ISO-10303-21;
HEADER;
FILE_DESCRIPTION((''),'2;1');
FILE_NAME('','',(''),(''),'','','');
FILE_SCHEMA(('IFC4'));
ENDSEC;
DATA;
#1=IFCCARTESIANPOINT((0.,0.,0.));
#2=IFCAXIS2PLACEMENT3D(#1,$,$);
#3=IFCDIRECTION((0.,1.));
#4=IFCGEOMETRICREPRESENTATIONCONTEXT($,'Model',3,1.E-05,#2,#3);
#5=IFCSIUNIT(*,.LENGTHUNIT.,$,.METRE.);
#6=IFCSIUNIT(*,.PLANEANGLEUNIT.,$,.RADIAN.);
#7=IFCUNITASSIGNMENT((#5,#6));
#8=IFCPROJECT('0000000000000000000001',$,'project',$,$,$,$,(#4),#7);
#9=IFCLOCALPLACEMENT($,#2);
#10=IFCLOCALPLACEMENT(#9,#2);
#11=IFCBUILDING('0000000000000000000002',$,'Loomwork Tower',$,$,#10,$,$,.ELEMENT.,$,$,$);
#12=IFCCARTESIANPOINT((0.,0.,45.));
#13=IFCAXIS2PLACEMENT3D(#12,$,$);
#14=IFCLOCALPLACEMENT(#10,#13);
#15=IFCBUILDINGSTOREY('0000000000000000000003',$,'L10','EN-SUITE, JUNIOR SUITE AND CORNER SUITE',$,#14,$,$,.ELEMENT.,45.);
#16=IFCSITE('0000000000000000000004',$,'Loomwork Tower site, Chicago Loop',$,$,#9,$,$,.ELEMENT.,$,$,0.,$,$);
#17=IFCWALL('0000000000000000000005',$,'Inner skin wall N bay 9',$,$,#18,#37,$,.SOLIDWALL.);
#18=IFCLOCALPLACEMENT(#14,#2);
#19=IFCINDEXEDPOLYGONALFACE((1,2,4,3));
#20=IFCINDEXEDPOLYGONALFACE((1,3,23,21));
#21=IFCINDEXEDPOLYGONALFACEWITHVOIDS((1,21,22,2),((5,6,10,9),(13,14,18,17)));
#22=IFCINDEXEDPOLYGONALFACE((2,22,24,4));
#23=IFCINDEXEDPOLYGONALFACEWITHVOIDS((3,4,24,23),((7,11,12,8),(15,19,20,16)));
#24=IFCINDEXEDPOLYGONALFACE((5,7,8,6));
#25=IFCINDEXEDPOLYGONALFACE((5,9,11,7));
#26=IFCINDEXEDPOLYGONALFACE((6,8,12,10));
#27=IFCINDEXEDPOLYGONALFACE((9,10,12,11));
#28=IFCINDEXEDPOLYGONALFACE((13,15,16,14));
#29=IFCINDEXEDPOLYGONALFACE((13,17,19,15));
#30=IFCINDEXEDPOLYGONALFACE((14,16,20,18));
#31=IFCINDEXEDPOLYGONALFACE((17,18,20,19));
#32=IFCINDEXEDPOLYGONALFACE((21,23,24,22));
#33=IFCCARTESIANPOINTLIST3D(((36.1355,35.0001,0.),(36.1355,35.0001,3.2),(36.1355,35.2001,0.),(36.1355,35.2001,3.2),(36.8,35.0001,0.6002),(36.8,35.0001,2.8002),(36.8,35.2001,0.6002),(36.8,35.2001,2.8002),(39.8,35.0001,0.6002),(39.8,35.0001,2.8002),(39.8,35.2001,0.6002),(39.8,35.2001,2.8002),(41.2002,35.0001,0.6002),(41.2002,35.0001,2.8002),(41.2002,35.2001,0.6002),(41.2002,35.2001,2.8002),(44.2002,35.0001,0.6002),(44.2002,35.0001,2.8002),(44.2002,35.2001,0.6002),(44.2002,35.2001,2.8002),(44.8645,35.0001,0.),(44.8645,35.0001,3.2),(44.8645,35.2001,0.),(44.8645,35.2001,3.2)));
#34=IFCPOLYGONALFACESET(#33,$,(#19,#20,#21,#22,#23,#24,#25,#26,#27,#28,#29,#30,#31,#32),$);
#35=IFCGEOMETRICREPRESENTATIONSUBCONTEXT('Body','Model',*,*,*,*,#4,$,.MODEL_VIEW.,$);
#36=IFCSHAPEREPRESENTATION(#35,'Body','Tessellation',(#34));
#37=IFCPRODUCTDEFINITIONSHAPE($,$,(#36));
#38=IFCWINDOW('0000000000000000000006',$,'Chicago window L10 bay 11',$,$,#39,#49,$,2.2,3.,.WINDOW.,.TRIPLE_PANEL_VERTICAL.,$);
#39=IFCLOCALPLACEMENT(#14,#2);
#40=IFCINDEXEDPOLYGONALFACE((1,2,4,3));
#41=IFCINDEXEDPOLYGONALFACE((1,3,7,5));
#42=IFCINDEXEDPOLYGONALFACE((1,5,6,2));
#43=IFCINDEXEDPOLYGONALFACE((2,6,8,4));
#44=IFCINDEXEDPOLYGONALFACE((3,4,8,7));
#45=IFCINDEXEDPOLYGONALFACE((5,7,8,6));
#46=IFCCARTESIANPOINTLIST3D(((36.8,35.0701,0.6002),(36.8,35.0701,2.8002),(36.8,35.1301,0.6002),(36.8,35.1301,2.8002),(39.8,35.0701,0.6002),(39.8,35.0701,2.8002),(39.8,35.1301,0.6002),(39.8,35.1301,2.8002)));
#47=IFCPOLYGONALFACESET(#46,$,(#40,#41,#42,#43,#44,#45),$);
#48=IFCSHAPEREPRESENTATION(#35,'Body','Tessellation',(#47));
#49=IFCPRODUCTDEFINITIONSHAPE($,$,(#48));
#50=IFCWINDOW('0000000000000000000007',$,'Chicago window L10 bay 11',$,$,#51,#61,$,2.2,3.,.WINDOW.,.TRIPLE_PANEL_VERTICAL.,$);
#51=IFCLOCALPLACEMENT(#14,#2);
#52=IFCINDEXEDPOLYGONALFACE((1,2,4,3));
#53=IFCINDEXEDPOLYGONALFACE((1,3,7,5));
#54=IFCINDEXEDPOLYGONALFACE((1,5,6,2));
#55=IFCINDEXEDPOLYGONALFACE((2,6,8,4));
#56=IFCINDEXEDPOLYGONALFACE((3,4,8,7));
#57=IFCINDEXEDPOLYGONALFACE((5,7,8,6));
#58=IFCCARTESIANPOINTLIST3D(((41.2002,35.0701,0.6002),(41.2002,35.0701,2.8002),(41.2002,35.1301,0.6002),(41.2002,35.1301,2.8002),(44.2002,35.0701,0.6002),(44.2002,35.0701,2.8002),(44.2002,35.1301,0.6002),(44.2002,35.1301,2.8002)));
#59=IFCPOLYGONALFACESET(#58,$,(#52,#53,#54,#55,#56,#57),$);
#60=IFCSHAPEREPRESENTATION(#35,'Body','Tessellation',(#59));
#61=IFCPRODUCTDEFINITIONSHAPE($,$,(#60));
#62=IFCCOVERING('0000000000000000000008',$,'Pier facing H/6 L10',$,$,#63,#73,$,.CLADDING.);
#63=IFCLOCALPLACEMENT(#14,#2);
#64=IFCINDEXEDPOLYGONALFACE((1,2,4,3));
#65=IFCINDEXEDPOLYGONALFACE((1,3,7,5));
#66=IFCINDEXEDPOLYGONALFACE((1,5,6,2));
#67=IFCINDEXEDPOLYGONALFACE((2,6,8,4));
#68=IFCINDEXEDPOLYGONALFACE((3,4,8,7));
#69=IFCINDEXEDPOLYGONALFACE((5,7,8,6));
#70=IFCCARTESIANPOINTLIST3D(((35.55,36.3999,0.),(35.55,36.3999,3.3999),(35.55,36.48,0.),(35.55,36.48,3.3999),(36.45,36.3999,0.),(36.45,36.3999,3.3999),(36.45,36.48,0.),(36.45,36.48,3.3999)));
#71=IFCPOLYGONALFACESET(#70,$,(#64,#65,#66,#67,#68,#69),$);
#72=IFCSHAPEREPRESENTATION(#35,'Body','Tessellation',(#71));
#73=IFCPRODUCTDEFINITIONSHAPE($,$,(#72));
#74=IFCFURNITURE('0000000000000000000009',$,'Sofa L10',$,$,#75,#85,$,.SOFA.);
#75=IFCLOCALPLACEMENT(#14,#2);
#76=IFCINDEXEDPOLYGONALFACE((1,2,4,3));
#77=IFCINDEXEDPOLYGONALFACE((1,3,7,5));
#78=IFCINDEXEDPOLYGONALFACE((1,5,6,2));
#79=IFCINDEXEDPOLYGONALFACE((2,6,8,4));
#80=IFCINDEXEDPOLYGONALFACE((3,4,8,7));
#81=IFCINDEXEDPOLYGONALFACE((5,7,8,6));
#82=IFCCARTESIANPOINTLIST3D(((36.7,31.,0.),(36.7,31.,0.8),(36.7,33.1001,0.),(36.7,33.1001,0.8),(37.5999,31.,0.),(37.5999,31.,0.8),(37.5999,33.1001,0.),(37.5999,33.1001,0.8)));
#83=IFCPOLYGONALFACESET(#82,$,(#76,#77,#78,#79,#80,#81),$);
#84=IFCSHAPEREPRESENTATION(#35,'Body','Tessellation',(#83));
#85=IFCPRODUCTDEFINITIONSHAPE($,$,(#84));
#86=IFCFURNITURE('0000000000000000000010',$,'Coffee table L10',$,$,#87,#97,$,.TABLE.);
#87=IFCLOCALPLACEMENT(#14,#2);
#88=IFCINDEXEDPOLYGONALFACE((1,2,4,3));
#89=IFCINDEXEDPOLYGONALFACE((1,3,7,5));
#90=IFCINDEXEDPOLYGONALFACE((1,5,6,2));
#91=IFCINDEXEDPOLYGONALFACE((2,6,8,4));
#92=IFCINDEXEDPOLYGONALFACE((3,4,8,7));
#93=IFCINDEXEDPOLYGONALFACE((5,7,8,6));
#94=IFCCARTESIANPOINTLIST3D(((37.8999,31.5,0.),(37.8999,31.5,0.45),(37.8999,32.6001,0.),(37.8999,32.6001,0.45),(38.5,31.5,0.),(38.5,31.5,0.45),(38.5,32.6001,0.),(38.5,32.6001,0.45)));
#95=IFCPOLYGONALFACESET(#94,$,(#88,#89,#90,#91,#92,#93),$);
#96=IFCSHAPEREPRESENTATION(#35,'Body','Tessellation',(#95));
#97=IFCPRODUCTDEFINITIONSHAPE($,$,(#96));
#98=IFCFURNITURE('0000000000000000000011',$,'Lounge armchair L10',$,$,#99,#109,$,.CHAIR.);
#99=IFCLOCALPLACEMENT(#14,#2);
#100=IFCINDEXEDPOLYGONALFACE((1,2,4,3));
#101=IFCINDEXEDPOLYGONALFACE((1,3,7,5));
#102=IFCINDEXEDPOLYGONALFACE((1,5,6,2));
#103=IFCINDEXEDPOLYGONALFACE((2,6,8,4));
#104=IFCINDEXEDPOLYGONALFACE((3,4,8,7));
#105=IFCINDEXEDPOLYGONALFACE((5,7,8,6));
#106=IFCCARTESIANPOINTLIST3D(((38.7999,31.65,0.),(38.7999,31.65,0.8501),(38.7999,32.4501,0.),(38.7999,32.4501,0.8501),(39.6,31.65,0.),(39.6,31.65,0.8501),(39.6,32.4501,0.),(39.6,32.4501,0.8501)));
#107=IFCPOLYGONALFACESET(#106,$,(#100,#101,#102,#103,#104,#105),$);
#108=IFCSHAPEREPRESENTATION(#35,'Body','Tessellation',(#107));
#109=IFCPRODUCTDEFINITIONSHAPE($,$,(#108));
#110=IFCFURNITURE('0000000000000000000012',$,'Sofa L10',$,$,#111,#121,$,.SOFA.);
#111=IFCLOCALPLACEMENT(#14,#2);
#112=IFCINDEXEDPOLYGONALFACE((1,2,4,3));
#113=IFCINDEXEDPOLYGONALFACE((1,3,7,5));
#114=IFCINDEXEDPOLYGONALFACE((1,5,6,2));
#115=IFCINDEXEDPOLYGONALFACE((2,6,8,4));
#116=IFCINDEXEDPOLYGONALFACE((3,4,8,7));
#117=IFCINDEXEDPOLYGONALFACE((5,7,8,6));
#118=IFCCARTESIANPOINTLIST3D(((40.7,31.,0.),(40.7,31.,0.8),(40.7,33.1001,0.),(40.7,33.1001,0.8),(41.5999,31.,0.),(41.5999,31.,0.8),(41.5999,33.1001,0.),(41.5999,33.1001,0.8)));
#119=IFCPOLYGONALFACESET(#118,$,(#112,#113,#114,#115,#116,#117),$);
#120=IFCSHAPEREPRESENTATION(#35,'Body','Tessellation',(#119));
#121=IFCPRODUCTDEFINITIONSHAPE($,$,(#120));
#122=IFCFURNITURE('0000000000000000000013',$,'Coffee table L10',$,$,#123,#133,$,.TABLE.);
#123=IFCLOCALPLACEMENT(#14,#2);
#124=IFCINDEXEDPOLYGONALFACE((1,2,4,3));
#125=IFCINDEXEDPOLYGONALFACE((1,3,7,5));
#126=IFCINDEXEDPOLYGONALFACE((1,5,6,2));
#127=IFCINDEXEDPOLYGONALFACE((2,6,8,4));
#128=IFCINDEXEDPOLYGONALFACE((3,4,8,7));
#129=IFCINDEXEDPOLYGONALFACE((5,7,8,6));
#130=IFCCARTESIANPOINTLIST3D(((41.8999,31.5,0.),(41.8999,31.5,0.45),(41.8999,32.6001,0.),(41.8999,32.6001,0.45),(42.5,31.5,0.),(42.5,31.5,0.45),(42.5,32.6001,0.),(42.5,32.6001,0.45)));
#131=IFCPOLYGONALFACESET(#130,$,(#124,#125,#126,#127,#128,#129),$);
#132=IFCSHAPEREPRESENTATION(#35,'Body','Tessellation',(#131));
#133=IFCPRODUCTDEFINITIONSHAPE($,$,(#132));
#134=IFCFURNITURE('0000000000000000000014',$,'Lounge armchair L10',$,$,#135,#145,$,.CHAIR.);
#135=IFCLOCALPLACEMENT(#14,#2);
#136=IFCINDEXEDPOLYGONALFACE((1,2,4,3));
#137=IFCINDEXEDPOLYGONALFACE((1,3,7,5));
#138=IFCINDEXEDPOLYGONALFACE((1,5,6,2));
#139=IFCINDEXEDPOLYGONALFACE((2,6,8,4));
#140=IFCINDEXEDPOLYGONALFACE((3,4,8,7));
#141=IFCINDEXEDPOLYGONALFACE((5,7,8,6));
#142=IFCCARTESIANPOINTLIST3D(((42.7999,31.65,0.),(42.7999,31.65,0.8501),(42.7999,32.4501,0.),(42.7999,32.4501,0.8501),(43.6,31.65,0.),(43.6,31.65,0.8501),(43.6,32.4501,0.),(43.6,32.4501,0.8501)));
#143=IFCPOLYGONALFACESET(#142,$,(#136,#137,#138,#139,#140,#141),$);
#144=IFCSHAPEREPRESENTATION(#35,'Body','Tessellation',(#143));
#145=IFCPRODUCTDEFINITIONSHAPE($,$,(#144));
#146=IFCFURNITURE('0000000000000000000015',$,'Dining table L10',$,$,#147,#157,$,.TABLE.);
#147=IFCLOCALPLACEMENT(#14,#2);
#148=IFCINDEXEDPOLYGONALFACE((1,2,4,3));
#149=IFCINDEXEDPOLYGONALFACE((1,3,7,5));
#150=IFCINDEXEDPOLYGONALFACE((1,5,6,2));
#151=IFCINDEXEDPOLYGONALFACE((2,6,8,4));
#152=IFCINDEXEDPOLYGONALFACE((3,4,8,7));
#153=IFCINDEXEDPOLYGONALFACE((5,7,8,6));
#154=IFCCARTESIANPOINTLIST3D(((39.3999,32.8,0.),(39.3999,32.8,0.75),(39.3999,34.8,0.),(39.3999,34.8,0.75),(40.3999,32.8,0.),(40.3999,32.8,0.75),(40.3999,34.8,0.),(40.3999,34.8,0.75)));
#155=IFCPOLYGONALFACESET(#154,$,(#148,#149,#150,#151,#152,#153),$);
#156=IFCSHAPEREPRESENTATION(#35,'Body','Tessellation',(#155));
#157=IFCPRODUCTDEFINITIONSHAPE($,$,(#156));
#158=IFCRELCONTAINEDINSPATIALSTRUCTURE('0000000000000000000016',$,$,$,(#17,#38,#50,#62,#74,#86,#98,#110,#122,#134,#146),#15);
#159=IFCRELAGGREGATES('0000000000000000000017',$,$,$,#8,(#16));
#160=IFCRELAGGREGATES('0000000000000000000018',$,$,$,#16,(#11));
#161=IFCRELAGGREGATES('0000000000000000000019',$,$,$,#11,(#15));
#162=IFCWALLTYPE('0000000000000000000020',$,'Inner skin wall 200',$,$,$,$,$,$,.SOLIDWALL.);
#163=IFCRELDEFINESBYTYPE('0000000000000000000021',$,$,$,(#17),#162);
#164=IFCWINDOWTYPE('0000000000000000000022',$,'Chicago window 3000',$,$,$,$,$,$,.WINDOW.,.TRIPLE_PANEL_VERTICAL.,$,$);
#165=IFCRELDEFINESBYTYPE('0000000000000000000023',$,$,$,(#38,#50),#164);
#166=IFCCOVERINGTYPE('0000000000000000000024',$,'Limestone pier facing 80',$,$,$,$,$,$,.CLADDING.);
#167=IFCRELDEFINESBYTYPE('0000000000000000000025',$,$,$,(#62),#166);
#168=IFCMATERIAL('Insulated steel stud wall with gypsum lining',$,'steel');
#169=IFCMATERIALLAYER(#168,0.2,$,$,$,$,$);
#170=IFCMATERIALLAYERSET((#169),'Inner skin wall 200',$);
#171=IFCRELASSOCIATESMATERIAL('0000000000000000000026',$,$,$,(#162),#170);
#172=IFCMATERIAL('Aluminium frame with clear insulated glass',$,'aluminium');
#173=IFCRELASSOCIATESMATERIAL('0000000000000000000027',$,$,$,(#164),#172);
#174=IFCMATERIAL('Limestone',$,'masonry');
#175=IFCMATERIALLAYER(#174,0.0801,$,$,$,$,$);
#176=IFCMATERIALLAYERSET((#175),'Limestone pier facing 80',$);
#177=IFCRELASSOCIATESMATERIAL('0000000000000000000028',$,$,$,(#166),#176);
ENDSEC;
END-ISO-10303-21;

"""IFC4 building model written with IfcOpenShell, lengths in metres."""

from ifc_helpers import new_model, si_unit, direction, frame, frame_2d, origin, origin_2d, place, context, subcontext, project, spatial, rectangle, extrude, material, layer, layer_set, type_object, element, fill, save


model = new_model("IFC4")

# Units and contexts
model_context = context("Model", 3, precision=1e-05, world=origin(), true_north=direction((0.0, 1.0)))
body_context = subcontext(model_context, "Body", "Model", "MODEL_VIEW")
ifc_project = project(units=[si_unit("LENGTHUNIT", "METRE"), si_unit("PLANEANGLEUNIT", "RADIAN")], contexts=[model_context])

# Site, building, storey
site_placement = place(None, origin())
site = spatial("IfcSite", under=ifc_project, at=site_placement, Name="Loomwork Tower site, Chicago Loop", CompositionType="ELEMENT", RefElevation=0.0)
building_placement = place(site_placement, origin())
building = spatial("IfcBuilding", under=site, at=building_placement, Name="Loomwork Tower", CompositionType="ELEMENT")
storey_placement = place(building_placement, frame((0.0, 0.0, 45.0)))
storey = spatial("IfcBuildingStorey", under=building, at=storey_placement, Name="L10", Description="EN-SUITE, JUNIOR SUITE AND CORNER SUITE", CompositionType="ELEMENT", Elevation=45.0)

# Shared definitions
ifc_material_1 = material(Name="Insulated steel stud wall with gypsum lining", Category="steel")
ifc_layer_1 = layer(ifc_material_1, 0.2)
ifc_layer_set_1 = layer_set([ifc_layer_1], Name="Inner skin wall 200")
wall_type = type_object("IfcWallType", Name="Inner skin wall 200", PredefinedType="SOLIDWALL", material=ifc_layer_set_1)

# Wall, openings, windows
wall_1_placement = place(storey_placement, frame((36.1355, 35.1001, 0.0), z_axis=(0.0, 0.0, 1.0), x_axis=(1.0, 0.0, 0.0)))
wall_1 = element("IfcWall", 1, at=wall_1_placement, inside=storey, type_object=wall_type, Name="Inner skin wall N bay 9", PredefinedType="SOLIDWALL", context=body_context, shape_type="SweptSolid", body=[
    extrude(rectangle(XDim=8.729, YDim=0.2, at=frame_2d((4.3645, 0.0))), origin(), (0.0, 0.0, 1.0), 3.2),
])
opening_1_placement = place(wall_1_placement, frame((0.6646, 0.0, 0.6001)))
opening_1 = element("IfcOpeningElement", 2, at=opening_1_placement, cuts=wall_1, PredefinedType="OPENING", context=body_context, shape_type="SweptSolid", body=[
    extrude(rectangle(XDim=3.0, YDim=2.2, at=frame_2d((1.5, 1.1001))), frame((0.0, 0.1099, 0.0), z_axis=(0.0, -1.0, 0.0), x_axis=(1.0, 0.0, 0.0)), (0.0, 0.0, 1.0), 0.22),
])
opening_2_placement = place(wall_1_placement, frame((5.0647, 0.0, 0.6001)))
opening_2 = element("IfcOpeningElement", 3, at=opening_2_placement, cuts=wall_1, PredefinedType="OPENING", context=body_context, shape_type="SweptSolid", body=[
    extrude(rectangle(XDim=3.0, YDim=2.2, at=frame_2d((1.5, 1.1001))), frame((0.0, 0.1099, 0.0), z_axis=(0.0, -1.0, 0.0), x_axis=(1.0, 0.0, 0.0)), (0.0, 0.0, 1.0), 0.22),
])
ifc_material_2 = material(Name="Aluminium frame with clear insulated glass", Category="aluminium")
window_type = type_object("IfcWindowType", Name="Chicago window 3000", PartitioningType="TRIPLE_PANEL_VERTICAL", PredefinedType="WINDOW", material=ifc_material_2)
window_1_placement = place(opening_1_placement, origin())
window_1 = element("IfcWindow", 4, at=window_1_placement, inside=storey, type_object=window_type, Name="Chicago window L10 bay 11", OverallHeight=2.2, OverallWidth=3.0, PartitioningType="TRIPLE_PANEL_VERTICAL", PredefinedType="WINDOW", context=body_context, shape_type="SweptSolid", body=[
    extrude(rectangle(XDim=3.0, YDim=2.2, at=frame_2d((1.5, 1.1001))), frame((0.0, 0.03, 0.0), z_axis=(0.0, -1.0, 0.0), x_axis=(1.0, 0.0, 0.0)), (0.0, 0.0, 1.0), 0.0601),
])
fill(opening_1, window_1)
window_2_placement = place(opening_2_placement, origin())
window_2 = element("IfcWindow", 5, at=window_2_placement, inside=storey, type_object=window_type, Name="Chicago window L10 bay 11", OverallHeight=2.2, OverallWidth=3.0, PartitioningType="TRIPLE_PANEL_VERTICAL", PredefinedType="WINDOW", context=body_context, shape_type="SweptSolid", body=[
    extrude(rectangle(XDim=3.0, YDim=2.2, at=frame_2d((1.5, 1.1001))), frame((0.0, 0.03, 0.0), z_axis=(0.0, -1.0, 0.0), x_axis=(1.0, 0.0, 0.0)), (0.0, 0.0, 1.0), 0.0601),
])
fill(opening_2, window_2)

# Covering
ifc_material_3 = material(Name="Limestone", Category="masonry")
ifc_layer_2 = layer(ifc_material_3, 0.0801)
ifc_layer_set_2 = layer_set([ifc_layer_2], Name="Limestone pier facing 80")
covering_type = type_object("IfcCoveringType", Name="Limestone pier facing 80", PredefinedType="CLADDING", material=ifc_layer_set_2)
covering_placement = place(storey_placement, frame((36.0, 36.4399, 0.0), z_axis=(0.0, 0.0, 1.0), x_axis=(1.0, 0.0, 0.0)))
element("IfcCovering", 6, at=covering_placement, inside=storey, type_object=covering_type, Name="Pier facing H/6 L10", PredefinedType="CLADDING", context=body_context, shape_type="SweptSolid", body=[
    extrude(rectangle(XDim=0.8999, YDim=0.0801, at=origin_2d()), origin(), (0.0, 0.0, 1.0), 3.3999),
])

# Furniture
furniture_1_placement = place(storey_placement, frame((37.1499, 32.05, 0.0), z_axis=(0.0, 0.0, 1.0), x_axis=(1.0, 0.0, 0.0)))
element("IfcFurniture", 7, at=furniture_1_placement, inside=storey, Name="Sofa L10", PredefinedType="SOFA", context=body_context, shape_type="SweptSolid", body=[
    extrude(rectangle(XDim=0.8999, YDim=2.1001, at=origin_2d()), origin(), (0.0, 0.0, 1.0), 0.8),
])
furniture_2_placement = place(storey_placement, frame((38.2, 32.05, 0.0), z_axis=(0.0, 0.0, 1.0), x_axis=(1.0, 0.0, 0.0)))
element("IfcFurniture", 8, at=furniture_2_placement, inside=storey, Name="Coffee table L10", PredefinedType="TABLE", context=body_context, shape_type="SweptSolid", body=[
    extrude(rectangle(XDim=0.6001, YDim=1.1001, at=origin_2d()), origin(), (0.0, 0.0, 1.0), 0.45),
])
furniture_3_placement = place(storey_placement, frame((39.2, 32.05, 0.0), z_axis=(0.0, 0.0, 1.0), x_axis=(1.0, 0.0, 0.0)))
element("IfcFurniture", 9, at=furniture_3_placement, inside=storey, Name="Lounge armchair L10", PredefinedType="CHAIR", context=body_context, shape_type="SweptSolid", body=[
    extrude(rectangle(XDim=0.8, YDim=0.8, at=origin_2d()), origin(), (0.0, 0.0, 1.0), 0.8501),
])
furniture_4_placement = place(storey_placement, frame((41.1499, 32.05, 0.0), z_axis=(0.0, 0.0, 1.0), x_axis=(1.0, 0.0, 0.0)))
element("IfcFurniture", 10, at=furniture_4_placement, inside=storey, Name="Sofa L10", PredefinedType="SOFA", context=body_context, shape_type="SweptSolid", body=[
    extrude(rectangle(XDim=0.8999, YDim=2.1001, at=origin_2d()), origin(), (0.0, 0.0, 1.0), 0.8),
])
furniture_5_placement = place(storey_placement, frame((42.2, 32.05, 0.0), z_axis=(0.0, 0.0, 1.0), x_axis=(1.0, 0.0, 0.0)))
element("IfcFurniture", 11, at=furniture_5_placement, inside=storey, Name="Coffee table L10", PredefinedType="TABLE", context=body_context, shape_type="SweptSolid", body=[
    extrude(rectangle(XDim=0.6001, YDim=1.1001, at=origin_2d()), origin(), (0.0, 0.0, 1.0), 0.45),
])
furniture_6_placement = place(storey_placement, frame((43.2, 32.05, 0.0), z_axis=(0.0, 0.0, 1.0), x_axis=(1.0, 0.0, 0.0)))
element("IfcFurniture", 12, at=furniture_6_placement, inside=storey, Name="Lounge armchair L10", PredefinedType="CHAIR", context=body_context, shape_type="SweptSolid", body=[
    extrude(rectangle(XDim=0.8, YDim=0.8, at=origin_2d()), origin(), (0.0, 0.0, 1.0), 0.8501),
])
furniture_7_placement = place(storey_placement, frame((39.8999, 33.8, 0.0), z_axis=(0.0, 0.0, 1.0), x_axis=(1.0, 0.0, 0.0)))
element("IfcFurniture", 13, at=furniture_7_placement, inside=storey, Name="Dining table L10", PredefinedType="TABLE", context=body_context, shape_type="SweptSolid", body=[
    extrude(rectangle(XDim=1.0, YDim=2.0, at=origin_2d()), origin(), (0.0, 0.0, 1.0), 0.75),
])

save(model, "model.ifc")
